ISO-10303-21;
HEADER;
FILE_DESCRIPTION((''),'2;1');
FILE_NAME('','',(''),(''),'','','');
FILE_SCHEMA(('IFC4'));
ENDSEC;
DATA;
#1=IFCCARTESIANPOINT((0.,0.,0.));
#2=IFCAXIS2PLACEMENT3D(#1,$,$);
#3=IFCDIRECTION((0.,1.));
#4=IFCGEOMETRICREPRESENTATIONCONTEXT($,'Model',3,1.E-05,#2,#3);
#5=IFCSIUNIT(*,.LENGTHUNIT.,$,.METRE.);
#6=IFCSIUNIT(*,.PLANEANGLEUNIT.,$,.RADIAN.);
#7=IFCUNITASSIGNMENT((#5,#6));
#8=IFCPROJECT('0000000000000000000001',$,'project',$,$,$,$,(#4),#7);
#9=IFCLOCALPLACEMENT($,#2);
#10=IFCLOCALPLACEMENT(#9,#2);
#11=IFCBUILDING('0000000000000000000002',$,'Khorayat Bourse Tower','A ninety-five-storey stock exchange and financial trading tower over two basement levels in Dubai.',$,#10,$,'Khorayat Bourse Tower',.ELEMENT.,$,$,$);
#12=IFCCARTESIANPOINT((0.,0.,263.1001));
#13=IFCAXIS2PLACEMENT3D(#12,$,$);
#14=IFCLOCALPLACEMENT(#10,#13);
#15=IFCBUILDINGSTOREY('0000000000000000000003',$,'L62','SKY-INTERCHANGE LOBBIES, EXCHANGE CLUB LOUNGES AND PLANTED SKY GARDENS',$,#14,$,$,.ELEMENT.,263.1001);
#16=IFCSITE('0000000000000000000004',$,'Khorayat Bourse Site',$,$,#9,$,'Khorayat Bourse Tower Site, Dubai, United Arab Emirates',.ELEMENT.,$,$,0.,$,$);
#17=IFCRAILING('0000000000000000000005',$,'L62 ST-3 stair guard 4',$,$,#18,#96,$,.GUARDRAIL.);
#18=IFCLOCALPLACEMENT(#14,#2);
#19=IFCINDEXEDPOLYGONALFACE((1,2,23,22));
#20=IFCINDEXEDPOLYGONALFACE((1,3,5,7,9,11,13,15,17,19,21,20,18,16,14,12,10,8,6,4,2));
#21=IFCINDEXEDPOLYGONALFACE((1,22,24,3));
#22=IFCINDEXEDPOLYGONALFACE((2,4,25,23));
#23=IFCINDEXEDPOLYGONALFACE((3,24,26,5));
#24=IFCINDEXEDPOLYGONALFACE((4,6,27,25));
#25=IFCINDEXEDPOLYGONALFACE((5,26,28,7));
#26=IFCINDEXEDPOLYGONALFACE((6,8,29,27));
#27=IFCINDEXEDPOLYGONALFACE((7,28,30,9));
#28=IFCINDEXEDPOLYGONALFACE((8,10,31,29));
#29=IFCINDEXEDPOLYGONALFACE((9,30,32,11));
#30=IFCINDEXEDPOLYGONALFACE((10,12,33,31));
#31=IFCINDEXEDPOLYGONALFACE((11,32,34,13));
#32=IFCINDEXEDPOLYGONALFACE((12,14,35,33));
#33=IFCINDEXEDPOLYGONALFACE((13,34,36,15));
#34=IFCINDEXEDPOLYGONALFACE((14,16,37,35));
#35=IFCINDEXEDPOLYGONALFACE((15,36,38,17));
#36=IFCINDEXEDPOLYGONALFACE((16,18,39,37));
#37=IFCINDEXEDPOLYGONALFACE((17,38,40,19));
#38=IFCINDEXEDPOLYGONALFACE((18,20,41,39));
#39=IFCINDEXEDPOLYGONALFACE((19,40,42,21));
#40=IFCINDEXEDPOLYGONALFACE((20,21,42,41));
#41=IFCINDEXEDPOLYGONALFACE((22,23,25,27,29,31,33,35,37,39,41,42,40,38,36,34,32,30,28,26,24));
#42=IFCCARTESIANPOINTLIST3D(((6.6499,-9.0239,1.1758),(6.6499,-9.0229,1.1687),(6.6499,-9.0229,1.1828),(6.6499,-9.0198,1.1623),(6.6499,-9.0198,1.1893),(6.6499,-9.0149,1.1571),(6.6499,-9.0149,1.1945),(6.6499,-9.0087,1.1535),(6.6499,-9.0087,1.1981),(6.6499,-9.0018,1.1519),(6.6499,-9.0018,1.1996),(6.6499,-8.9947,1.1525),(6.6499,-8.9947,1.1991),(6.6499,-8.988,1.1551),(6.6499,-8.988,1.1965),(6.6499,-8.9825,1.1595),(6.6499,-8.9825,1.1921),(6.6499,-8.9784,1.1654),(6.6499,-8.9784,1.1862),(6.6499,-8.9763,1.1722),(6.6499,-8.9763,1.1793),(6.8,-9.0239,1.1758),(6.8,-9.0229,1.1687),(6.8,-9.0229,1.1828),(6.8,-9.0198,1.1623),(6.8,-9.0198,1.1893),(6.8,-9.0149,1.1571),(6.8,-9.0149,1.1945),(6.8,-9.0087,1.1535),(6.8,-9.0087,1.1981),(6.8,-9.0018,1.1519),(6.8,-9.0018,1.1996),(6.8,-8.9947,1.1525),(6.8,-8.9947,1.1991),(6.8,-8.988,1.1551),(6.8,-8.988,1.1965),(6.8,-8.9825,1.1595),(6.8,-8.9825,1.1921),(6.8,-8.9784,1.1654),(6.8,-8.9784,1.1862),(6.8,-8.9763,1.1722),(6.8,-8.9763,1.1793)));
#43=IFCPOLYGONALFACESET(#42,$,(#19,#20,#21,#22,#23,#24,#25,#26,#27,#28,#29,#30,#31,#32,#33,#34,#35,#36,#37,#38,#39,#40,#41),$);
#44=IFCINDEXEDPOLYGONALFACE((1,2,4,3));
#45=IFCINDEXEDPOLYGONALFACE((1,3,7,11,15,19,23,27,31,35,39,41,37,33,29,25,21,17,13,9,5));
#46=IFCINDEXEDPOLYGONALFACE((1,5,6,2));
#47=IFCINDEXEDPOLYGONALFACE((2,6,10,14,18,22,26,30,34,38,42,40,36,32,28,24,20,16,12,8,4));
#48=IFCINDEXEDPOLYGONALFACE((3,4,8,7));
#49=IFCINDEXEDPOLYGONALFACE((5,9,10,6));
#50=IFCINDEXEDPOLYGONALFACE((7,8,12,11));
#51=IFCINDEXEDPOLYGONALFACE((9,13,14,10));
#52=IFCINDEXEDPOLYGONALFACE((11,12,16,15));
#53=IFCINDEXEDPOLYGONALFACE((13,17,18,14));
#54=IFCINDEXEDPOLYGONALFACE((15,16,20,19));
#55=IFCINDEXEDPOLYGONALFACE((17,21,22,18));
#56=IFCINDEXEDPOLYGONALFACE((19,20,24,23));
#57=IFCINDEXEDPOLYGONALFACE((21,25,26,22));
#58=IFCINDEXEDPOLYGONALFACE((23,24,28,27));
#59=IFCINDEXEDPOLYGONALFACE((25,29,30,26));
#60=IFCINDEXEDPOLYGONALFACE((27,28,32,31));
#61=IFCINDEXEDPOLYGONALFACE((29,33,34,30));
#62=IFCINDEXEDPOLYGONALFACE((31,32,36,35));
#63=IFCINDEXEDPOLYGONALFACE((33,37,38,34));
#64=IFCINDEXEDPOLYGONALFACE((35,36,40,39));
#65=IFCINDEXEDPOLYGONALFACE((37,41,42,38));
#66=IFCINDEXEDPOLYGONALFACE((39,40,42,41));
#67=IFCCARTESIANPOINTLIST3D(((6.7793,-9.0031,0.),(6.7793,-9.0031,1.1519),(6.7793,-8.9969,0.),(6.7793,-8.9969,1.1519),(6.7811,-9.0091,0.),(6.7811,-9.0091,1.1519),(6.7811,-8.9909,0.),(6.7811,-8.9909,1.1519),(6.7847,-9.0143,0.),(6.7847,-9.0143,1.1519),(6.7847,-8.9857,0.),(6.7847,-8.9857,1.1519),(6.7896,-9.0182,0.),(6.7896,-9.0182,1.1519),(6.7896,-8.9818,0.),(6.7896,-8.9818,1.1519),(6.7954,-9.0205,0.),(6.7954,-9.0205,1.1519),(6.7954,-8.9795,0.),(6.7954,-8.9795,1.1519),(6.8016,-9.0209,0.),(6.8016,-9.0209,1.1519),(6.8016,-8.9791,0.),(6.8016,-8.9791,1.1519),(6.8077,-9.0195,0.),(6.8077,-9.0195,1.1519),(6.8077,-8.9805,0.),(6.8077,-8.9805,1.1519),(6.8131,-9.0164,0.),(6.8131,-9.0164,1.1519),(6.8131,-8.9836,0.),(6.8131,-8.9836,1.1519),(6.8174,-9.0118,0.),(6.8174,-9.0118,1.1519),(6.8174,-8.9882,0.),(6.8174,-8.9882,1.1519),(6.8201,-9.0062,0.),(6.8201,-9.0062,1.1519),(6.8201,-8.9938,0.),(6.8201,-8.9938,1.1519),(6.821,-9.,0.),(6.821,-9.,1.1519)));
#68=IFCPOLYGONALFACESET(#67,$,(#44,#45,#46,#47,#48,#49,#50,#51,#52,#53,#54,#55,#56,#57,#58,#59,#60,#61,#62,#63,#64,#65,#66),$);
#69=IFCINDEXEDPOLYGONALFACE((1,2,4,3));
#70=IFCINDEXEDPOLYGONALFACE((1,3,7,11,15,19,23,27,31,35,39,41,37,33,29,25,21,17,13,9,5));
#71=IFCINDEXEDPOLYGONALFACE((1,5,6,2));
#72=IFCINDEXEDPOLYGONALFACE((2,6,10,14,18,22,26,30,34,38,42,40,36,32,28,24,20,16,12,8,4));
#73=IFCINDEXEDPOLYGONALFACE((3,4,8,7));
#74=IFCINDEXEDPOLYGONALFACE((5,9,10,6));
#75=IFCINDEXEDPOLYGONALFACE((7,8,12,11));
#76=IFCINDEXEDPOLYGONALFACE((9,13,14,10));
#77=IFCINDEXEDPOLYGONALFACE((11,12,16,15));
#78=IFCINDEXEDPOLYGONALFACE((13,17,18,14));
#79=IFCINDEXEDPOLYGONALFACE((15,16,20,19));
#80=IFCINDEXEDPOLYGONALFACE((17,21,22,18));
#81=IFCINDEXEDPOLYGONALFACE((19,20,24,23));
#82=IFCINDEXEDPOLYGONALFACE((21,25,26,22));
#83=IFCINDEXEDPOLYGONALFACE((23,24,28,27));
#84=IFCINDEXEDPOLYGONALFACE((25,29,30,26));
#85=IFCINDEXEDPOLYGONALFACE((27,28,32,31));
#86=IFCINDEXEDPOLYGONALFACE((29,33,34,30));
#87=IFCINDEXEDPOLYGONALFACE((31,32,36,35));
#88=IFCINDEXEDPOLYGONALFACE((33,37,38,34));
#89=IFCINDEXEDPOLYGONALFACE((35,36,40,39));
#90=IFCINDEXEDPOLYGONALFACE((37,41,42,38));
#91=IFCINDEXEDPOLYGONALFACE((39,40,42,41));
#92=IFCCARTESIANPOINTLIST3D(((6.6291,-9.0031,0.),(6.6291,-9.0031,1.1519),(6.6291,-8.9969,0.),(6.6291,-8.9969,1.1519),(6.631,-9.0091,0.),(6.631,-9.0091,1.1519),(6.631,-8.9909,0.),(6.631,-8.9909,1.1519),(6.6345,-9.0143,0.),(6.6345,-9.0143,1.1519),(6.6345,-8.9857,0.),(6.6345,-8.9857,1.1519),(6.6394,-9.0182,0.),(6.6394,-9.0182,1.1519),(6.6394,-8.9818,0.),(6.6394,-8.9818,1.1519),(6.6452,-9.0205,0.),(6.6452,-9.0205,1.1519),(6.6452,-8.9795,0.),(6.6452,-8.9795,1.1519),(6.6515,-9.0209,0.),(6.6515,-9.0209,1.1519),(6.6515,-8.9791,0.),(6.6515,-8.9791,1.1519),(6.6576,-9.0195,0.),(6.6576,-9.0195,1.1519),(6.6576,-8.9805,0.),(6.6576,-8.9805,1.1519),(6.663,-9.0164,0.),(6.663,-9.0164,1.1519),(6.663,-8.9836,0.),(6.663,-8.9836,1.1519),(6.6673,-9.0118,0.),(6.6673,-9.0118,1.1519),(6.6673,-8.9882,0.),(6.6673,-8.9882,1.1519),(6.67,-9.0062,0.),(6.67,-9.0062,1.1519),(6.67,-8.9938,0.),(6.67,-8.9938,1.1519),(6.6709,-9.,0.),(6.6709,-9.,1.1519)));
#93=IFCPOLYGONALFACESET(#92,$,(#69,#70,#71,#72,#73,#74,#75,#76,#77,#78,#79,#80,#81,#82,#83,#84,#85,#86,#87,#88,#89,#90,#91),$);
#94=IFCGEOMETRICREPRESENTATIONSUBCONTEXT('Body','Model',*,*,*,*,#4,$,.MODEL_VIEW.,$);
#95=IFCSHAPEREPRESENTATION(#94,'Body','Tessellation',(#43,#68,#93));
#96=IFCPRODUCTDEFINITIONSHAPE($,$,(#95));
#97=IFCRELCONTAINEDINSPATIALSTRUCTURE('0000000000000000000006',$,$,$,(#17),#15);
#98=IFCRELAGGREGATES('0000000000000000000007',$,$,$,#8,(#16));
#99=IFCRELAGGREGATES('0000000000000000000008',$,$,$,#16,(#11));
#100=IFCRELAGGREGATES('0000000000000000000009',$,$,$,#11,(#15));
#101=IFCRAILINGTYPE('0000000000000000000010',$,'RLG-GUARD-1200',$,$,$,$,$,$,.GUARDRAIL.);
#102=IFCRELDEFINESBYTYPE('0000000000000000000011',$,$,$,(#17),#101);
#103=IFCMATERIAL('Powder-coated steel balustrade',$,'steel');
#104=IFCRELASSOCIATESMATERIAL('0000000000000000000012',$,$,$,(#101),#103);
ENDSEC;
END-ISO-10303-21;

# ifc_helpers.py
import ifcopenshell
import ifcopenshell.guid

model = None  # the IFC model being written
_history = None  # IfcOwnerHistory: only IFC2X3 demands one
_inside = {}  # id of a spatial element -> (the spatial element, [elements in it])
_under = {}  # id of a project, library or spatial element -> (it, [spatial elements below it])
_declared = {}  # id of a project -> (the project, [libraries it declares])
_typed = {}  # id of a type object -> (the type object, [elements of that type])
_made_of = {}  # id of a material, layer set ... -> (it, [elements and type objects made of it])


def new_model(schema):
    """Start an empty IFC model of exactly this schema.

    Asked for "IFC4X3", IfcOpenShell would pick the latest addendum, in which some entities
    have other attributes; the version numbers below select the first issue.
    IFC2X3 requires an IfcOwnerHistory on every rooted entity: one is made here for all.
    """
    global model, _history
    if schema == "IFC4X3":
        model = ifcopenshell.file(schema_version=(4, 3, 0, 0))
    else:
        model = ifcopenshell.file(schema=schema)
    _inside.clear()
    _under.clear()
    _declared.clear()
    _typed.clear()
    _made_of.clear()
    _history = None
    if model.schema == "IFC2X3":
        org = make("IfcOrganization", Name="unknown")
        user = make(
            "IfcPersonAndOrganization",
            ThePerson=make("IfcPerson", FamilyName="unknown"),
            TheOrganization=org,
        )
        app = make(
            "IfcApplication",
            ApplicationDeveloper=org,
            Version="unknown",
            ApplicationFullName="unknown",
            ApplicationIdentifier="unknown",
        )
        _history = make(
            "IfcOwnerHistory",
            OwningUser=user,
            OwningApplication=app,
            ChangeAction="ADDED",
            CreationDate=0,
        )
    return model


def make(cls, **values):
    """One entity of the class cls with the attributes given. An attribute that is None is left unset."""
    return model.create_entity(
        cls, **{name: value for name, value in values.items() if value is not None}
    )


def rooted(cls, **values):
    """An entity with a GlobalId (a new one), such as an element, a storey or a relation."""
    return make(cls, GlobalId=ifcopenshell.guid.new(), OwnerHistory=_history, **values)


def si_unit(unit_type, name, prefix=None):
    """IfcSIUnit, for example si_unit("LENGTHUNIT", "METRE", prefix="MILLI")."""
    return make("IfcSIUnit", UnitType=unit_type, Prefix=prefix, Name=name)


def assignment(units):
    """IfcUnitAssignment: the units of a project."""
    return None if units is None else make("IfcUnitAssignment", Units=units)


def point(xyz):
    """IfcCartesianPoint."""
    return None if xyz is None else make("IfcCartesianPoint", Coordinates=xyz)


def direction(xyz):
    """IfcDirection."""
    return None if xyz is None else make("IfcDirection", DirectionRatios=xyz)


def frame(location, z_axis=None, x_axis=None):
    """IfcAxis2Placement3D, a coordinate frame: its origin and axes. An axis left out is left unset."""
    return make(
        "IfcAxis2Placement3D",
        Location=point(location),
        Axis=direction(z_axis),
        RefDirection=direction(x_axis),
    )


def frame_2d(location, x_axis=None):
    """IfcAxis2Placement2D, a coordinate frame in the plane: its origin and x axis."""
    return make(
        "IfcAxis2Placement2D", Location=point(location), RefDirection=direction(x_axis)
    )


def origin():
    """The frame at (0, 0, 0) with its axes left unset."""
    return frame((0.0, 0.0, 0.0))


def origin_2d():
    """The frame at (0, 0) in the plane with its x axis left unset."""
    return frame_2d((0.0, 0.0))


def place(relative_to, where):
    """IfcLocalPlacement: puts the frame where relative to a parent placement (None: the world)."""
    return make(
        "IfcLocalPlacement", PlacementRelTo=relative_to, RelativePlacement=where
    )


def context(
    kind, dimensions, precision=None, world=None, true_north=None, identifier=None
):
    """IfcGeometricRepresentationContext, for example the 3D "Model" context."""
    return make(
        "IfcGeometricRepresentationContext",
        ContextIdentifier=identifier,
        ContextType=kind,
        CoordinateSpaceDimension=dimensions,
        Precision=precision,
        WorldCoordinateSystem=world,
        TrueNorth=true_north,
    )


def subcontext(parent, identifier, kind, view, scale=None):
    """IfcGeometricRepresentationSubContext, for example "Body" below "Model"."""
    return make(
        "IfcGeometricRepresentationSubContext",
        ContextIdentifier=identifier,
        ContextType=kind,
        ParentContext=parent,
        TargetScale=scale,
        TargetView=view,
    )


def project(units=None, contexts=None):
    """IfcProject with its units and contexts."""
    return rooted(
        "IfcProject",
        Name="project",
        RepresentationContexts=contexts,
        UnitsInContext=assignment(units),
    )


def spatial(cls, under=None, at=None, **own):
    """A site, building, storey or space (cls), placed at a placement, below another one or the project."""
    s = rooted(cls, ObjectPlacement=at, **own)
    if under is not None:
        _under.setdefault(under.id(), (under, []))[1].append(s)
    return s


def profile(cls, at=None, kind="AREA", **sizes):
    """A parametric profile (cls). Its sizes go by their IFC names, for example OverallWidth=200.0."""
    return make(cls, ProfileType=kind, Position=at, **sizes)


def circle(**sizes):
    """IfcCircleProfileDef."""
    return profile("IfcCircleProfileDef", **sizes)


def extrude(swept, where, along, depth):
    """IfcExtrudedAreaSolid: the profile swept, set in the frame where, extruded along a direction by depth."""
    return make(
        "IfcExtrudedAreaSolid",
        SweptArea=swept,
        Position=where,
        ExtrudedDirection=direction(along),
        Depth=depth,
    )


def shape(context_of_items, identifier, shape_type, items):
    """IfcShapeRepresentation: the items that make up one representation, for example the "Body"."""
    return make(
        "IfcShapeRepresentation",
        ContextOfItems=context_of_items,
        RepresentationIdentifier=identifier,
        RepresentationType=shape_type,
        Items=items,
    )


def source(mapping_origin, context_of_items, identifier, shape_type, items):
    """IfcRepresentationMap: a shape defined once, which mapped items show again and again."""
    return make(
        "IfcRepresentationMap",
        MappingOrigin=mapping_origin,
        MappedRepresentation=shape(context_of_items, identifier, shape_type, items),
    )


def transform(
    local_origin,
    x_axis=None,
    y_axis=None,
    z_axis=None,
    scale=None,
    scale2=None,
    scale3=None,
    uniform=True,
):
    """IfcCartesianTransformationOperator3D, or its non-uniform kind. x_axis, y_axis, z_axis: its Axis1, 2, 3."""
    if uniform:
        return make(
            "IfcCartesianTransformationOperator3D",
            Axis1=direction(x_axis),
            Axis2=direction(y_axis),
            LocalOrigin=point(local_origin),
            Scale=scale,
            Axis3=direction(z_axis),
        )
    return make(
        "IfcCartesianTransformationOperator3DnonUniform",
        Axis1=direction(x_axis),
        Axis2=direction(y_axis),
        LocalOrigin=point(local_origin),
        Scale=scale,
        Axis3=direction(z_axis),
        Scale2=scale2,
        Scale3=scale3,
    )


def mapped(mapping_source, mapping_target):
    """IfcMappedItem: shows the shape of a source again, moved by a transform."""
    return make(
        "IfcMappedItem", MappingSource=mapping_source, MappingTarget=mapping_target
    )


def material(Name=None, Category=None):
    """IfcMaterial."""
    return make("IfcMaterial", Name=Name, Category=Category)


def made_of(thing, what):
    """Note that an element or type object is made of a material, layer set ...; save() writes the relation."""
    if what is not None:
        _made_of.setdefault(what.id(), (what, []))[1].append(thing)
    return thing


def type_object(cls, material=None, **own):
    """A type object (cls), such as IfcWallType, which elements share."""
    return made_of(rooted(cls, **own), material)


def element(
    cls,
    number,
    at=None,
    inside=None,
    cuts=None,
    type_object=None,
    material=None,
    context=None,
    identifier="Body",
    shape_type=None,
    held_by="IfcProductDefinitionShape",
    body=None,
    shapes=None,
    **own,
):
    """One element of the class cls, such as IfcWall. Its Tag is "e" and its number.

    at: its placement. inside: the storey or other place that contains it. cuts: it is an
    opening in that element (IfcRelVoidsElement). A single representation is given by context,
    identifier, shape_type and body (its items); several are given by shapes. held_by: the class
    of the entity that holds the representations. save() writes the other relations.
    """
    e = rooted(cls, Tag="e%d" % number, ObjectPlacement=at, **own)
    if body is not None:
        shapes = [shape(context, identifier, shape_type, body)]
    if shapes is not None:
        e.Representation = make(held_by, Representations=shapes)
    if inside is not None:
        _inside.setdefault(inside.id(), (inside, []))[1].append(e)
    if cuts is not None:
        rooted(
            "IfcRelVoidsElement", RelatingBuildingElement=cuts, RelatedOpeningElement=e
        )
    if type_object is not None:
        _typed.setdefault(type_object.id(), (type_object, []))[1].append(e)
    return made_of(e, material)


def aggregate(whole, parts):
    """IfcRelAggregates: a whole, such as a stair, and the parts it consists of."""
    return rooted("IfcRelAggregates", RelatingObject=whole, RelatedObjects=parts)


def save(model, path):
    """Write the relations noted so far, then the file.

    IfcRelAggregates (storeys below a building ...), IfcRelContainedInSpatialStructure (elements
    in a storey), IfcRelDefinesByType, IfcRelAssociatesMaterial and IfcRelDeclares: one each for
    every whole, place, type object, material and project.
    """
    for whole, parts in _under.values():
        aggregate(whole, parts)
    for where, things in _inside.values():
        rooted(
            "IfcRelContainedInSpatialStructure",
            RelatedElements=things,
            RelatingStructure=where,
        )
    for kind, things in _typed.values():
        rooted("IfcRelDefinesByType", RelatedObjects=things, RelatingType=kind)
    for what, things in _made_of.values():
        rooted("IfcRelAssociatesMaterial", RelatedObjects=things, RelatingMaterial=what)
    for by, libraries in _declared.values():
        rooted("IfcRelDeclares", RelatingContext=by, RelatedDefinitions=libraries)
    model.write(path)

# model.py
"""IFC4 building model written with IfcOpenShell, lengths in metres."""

from ifc_helpers import new_model, si_unit, direction, frame, origin, origin_2d, place, context, subcontext, project, spatial, circle, extrude, source, transform, mapped, material, type_object, element, save


model = new_model("IFC4")

# Units and contexts
model_context = context("Model", 3, precision=1e-05, world=origin(), true_north=direction((0.0, 1.0)))
body_context = subcontext(model_context, "Body", "Model", "MODEL_VIEW")
ifc_project = project(units=[si_unit("LENGTHUNIT", "METRE"), si_unit("PLANEANGLEUNIT", "RADIAN")], contexts=[model_context])

# Site, building, storey
site_placement = place(None, origin())
site = spatial("IfcSite", under=ifc_project, at=site_placement, Name="Khorayat Bourse Site", LongName="Khorayat Bourse Tower Site, Dubai, United Arab Emirates", CompositionType="ELEMENT", RefElevation=0.0)
building_placement = place(site_placement, origin())
building = spatial("IfcBuilding", under=site, at=building_placement, Name="Khorayat Bourse Tower", Description="A ninety-five-storey stock exchange and financial trading tower over two basement levels in Dubai.", LongName="Khorayat Bourse Tower", CompositionType="ELEMENT")
storey_placement = place(building_placement, frame((0.0, 0.0, 263.1001)))
storey = spatial("IfcBuildingStorey", under=building, at=storey_placement, Name="L62", Description="SKY-INTERCHANGE LOBBIES, EXCHANGE CLUB LOUNGES AND PLANTED SKY GARDENS", CompositionType="ELEMENT", Elevation=263.1001)

# Railing
ifc_material_1 = material(Name="Powder-coated steel balustrade", Category="steel")
railing_type_1 = type_object("IfcRailingType", Name="RLG-GUARD-1200", PredefinedType="GUARDRAIL", material=ifc_material_1)
shared_shape_1 = source(origin(), body_context, "Body", "SweptSolid", [
    extrude(circle(Radius=0.0239, at=origin_2d()), frame((0.0, 0.0, 1.1758), z_axis=(-1.0, 0.0, 0.0), x_axis=(0.0, -1.0, 0.0)), (0.0, 0.0, 1.0), 0.1501),
    extrude(circle(Radius=0.021, at=origin_2d()), origin(), (0.0, 0.0, 1.0), 1.1519),
    extrude(circle(Radius=0.021, at=origin_2d()), frame((-0.1501, 0.0, 0.0)), (0.0, 0.0, 1.0), 1.1519),
])
for number, where, name in (
    (1, (6.8, -9.0, 0.0), "L62 ST-3 stair guard 4"),
):
    element("IfcRailing", number, at=place(storey_placement, frame(where)), inside=storey, type_object=railing_type_1, Name=name, PredefinedType="GUARDRAIL", context=body_context, shape_type="MappedRepresentation", body=[
        mapped(shared_shape_1, transform((0.0, 0.0, 0.0), scale=1.0)),
    ])

save(model, "model.ifc")
